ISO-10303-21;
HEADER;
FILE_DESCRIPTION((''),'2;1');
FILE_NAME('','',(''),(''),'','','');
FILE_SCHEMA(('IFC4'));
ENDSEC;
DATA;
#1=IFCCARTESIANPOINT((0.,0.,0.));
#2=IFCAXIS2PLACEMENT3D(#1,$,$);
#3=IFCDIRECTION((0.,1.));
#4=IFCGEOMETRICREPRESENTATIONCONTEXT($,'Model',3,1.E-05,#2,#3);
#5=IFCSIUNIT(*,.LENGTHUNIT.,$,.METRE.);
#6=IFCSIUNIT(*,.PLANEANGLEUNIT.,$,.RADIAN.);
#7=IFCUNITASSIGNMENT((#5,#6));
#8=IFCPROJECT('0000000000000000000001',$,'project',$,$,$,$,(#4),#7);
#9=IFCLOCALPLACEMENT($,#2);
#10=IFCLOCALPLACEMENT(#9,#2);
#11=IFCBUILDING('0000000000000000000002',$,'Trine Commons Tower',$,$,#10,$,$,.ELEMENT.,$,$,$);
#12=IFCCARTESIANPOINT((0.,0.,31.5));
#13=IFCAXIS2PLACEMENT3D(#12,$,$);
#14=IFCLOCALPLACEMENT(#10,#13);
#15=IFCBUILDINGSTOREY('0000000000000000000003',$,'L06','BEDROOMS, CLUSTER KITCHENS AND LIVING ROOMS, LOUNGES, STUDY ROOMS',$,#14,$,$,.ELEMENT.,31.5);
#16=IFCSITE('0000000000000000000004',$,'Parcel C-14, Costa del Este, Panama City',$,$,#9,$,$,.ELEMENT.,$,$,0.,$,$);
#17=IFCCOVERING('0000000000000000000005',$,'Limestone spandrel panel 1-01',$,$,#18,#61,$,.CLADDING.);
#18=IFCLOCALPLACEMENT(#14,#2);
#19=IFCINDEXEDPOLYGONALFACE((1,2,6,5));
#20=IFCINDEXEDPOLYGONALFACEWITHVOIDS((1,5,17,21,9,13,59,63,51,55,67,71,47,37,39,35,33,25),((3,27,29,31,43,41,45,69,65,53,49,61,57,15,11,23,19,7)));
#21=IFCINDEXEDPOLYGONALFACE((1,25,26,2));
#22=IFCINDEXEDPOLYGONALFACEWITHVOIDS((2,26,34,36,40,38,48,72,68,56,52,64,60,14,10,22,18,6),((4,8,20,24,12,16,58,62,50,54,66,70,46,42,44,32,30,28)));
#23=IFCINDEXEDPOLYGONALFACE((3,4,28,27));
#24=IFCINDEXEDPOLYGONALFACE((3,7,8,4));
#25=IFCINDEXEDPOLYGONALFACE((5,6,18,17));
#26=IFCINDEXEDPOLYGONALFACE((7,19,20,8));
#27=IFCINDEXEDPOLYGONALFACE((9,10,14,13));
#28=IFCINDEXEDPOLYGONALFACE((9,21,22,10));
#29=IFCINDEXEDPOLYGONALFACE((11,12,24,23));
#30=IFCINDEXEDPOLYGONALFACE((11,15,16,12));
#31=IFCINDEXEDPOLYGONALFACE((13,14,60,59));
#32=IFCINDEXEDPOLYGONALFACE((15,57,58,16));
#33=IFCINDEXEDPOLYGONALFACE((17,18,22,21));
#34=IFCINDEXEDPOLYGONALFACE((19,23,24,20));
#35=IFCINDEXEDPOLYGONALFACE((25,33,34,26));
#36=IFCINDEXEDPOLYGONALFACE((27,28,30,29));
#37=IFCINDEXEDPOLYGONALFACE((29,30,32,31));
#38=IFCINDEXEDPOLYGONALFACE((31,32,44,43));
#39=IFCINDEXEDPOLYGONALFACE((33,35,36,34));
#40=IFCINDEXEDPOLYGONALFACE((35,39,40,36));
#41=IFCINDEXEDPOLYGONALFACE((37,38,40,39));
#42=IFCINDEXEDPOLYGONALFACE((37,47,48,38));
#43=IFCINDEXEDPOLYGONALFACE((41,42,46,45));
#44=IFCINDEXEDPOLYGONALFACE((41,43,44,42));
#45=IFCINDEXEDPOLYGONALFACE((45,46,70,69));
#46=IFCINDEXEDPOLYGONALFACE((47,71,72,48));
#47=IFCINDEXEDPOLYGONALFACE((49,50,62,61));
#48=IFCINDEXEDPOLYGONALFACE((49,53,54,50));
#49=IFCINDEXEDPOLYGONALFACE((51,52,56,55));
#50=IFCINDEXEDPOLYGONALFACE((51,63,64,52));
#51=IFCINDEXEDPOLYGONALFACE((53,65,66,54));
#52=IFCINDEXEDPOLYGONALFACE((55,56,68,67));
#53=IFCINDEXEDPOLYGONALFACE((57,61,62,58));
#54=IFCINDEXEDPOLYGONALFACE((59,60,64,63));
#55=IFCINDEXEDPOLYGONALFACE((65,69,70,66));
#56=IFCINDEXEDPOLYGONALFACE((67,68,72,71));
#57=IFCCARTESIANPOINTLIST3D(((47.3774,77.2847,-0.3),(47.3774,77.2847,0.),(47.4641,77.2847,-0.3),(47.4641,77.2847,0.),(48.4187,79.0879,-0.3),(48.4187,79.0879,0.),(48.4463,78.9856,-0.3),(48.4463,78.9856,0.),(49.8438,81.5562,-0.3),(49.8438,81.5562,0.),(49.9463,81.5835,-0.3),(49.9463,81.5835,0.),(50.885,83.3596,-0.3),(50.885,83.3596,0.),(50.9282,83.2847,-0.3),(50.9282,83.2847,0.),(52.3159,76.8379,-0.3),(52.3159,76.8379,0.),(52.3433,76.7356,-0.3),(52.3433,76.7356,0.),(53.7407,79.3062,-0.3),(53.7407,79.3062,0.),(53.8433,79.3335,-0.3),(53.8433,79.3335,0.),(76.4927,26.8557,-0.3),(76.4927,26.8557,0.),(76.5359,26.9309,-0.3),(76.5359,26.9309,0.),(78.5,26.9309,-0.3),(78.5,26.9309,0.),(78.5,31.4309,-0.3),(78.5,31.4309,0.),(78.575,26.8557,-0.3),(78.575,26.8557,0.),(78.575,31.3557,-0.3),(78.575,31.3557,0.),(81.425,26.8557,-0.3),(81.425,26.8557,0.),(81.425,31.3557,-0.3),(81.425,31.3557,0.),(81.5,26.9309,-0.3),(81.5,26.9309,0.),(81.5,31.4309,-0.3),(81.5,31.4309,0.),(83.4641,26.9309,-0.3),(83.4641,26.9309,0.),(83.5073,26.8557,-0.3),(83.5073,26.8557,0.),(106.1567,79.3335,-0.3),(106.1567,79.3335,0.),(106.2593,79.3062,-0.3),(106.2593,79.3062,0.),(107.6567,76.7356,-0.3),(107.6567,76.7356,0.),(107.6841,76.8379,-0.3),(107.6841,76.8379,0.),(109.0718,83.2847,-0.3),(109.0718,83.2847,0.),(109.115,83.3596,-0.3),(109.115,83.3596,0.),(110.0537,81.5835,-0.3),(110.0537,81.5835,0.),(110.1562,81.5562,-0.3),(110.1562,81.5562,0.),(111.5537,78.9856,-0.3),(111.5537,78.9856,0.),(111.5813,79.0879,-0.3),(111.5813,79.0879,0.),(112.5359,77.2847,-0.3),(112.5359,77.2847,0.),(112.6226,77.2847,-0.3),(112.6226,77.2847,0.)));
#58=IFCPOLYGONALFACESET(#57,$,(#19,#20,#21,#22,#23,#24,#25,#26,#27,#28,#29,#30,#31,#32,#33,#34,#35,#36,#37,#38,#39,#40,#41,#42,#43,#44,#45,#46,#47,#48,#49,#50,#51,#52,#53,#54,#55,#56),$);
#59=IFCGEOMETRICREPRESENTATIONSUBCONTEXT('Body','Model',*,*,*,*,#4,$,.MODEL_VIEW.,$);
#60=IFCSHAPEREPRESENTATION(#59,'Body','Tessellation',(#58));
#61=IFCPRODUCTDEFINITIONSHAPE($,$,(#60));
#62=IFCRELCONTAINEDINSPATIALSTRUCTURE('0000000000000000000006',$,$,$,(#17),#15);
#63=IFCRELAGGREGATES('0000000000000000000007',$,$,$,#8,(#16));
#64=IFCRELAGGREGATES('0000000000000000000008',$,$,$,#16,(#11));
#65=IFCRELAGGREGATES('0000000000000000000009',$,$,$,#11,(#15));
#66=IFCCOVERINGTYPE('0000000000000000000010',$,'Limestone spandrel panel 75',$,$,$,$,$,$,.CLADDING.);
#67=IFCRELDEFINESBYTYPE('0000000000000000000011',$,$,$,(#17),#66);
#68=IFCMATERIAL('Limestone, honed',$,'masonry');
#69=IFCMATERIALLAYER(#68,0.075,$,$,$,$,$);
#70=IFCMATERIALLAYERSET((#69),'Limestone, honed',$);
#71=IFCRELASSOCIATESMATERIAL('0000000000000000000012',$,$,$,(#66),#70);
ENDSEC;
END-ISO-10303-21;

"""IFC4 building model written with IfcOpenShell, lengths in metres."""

from ifc_helpers import new_model, si_unit, direction, frame, origin, place, context, subcontext, project, spatial, polyline, outline, extrude, material, layer, layer_set, type_object, element, save


model = new_model("IFC4")

# Units and contexts
model_context = context("Model", 3, precision=1e-05, world=origin(), true_north=direction((0.0, 1.0)))
body_context = subcontext(model_context, "Body", "Model", "MODEL_VIEW")
ifc_project = project(units=[si_unit("LENGTHUNIT", "METRE"), si_unit("PLANEANGLEUNIT", "RADIAN")], contexts=[model_context])

# Site, building, storey
site_placement = place(None, origin())
site = spatial("IfcSite", under=ifc_project, at=site_placement, Name="Parcel C-14, Costa del Este, Panama City", CompositionType="ELEMENT", RefElevation=0.0)
building_placement = place(site_placement, origin())
building = spatial("IfcBuilding", under=site, at=building_placement, Name="Trine Commons Tower", CompositionType="ELEMENT")
storey_placement = place(building_placement, frame((0.0, 0.0, 31.5)))
storey = spatial("IfcBuildingStorey", under=building, at=storey_placement, Name="L06", Description="BEDROOMS, CLUSTER KITCHENS AND LIVING ROOMS, LOUNGES, STUDY ROOMS", CompositionType="ELEMENT", Elevation=31.5)

# Covering
ifc_material_1 = material(Name="Limestone, honed", Category="masonry")
ifc_layer_1 = layer(ifc_material_1, 0.075)
ifc_layer_set_1 = layer_set([ifc_layer_1], Name="Limestone, honed")
covering_type_1 = type_object("IfcCoveringType", Name="Limestone spandrel panel 75", PredefinedType="CLADDING", material=ifc_layer_set_1)
covering_1_placement = place(storey_placement, frame((0.0, 0.0, -0.3)))
element("IfcCovering", 1, at=covering_1_placement, inside=storey, type_object=covering_type_1, Name="Limestone spandrel panel 1-01", PredefinedType="CLADDING", context=body_context, shape_type="SweptSolid", body=[
    extrude(outline(polyline([(81.425, 31.3557), (81.425, 26.8557), (83.5073, 26.8557), (112.6226, 77.2847), (111.5813, 79.0879), (107.6841, 76.8379), (106.2593, 79.3062), (110.1562, 81.5562), (109.115, 83.3596), (50.885, 83.3596), (49.8438, 81.5562), (53.7407, 79.3062), (52.3159, 76.8379), (48.4187, 79.0879), (47.3774, 77.2847), (76.4927, 26.8557), (78.575, 26.8557), (78.575, 31.3557), (81.425, 31.3557)]), holes=[polyline([(111.5537, 78.9856), (112.5359, 77.2847), (83.4641, 26.9309), (81.5, 26.9309), (81.5, 31.4309), (78.5, 31.4309), (78.5, 26.9309), (76.5359, 26.9309), (47.4641, 77.2847), (48.4463, 78.9856), (52.3433, 76.7356), (53.8433, 79.3335), (49.9463, 81.5835), (50.9282, 83.2847), (109.0718, 83.2847), (110.0537, 81.5835), (106.1567, 79.3335), (107.6567, 76.7356), (111.5537, 78.9856)])]), origin(), (0.0, 0.0, 1.0), 0.3),
])

save(model, "model.ifc")
